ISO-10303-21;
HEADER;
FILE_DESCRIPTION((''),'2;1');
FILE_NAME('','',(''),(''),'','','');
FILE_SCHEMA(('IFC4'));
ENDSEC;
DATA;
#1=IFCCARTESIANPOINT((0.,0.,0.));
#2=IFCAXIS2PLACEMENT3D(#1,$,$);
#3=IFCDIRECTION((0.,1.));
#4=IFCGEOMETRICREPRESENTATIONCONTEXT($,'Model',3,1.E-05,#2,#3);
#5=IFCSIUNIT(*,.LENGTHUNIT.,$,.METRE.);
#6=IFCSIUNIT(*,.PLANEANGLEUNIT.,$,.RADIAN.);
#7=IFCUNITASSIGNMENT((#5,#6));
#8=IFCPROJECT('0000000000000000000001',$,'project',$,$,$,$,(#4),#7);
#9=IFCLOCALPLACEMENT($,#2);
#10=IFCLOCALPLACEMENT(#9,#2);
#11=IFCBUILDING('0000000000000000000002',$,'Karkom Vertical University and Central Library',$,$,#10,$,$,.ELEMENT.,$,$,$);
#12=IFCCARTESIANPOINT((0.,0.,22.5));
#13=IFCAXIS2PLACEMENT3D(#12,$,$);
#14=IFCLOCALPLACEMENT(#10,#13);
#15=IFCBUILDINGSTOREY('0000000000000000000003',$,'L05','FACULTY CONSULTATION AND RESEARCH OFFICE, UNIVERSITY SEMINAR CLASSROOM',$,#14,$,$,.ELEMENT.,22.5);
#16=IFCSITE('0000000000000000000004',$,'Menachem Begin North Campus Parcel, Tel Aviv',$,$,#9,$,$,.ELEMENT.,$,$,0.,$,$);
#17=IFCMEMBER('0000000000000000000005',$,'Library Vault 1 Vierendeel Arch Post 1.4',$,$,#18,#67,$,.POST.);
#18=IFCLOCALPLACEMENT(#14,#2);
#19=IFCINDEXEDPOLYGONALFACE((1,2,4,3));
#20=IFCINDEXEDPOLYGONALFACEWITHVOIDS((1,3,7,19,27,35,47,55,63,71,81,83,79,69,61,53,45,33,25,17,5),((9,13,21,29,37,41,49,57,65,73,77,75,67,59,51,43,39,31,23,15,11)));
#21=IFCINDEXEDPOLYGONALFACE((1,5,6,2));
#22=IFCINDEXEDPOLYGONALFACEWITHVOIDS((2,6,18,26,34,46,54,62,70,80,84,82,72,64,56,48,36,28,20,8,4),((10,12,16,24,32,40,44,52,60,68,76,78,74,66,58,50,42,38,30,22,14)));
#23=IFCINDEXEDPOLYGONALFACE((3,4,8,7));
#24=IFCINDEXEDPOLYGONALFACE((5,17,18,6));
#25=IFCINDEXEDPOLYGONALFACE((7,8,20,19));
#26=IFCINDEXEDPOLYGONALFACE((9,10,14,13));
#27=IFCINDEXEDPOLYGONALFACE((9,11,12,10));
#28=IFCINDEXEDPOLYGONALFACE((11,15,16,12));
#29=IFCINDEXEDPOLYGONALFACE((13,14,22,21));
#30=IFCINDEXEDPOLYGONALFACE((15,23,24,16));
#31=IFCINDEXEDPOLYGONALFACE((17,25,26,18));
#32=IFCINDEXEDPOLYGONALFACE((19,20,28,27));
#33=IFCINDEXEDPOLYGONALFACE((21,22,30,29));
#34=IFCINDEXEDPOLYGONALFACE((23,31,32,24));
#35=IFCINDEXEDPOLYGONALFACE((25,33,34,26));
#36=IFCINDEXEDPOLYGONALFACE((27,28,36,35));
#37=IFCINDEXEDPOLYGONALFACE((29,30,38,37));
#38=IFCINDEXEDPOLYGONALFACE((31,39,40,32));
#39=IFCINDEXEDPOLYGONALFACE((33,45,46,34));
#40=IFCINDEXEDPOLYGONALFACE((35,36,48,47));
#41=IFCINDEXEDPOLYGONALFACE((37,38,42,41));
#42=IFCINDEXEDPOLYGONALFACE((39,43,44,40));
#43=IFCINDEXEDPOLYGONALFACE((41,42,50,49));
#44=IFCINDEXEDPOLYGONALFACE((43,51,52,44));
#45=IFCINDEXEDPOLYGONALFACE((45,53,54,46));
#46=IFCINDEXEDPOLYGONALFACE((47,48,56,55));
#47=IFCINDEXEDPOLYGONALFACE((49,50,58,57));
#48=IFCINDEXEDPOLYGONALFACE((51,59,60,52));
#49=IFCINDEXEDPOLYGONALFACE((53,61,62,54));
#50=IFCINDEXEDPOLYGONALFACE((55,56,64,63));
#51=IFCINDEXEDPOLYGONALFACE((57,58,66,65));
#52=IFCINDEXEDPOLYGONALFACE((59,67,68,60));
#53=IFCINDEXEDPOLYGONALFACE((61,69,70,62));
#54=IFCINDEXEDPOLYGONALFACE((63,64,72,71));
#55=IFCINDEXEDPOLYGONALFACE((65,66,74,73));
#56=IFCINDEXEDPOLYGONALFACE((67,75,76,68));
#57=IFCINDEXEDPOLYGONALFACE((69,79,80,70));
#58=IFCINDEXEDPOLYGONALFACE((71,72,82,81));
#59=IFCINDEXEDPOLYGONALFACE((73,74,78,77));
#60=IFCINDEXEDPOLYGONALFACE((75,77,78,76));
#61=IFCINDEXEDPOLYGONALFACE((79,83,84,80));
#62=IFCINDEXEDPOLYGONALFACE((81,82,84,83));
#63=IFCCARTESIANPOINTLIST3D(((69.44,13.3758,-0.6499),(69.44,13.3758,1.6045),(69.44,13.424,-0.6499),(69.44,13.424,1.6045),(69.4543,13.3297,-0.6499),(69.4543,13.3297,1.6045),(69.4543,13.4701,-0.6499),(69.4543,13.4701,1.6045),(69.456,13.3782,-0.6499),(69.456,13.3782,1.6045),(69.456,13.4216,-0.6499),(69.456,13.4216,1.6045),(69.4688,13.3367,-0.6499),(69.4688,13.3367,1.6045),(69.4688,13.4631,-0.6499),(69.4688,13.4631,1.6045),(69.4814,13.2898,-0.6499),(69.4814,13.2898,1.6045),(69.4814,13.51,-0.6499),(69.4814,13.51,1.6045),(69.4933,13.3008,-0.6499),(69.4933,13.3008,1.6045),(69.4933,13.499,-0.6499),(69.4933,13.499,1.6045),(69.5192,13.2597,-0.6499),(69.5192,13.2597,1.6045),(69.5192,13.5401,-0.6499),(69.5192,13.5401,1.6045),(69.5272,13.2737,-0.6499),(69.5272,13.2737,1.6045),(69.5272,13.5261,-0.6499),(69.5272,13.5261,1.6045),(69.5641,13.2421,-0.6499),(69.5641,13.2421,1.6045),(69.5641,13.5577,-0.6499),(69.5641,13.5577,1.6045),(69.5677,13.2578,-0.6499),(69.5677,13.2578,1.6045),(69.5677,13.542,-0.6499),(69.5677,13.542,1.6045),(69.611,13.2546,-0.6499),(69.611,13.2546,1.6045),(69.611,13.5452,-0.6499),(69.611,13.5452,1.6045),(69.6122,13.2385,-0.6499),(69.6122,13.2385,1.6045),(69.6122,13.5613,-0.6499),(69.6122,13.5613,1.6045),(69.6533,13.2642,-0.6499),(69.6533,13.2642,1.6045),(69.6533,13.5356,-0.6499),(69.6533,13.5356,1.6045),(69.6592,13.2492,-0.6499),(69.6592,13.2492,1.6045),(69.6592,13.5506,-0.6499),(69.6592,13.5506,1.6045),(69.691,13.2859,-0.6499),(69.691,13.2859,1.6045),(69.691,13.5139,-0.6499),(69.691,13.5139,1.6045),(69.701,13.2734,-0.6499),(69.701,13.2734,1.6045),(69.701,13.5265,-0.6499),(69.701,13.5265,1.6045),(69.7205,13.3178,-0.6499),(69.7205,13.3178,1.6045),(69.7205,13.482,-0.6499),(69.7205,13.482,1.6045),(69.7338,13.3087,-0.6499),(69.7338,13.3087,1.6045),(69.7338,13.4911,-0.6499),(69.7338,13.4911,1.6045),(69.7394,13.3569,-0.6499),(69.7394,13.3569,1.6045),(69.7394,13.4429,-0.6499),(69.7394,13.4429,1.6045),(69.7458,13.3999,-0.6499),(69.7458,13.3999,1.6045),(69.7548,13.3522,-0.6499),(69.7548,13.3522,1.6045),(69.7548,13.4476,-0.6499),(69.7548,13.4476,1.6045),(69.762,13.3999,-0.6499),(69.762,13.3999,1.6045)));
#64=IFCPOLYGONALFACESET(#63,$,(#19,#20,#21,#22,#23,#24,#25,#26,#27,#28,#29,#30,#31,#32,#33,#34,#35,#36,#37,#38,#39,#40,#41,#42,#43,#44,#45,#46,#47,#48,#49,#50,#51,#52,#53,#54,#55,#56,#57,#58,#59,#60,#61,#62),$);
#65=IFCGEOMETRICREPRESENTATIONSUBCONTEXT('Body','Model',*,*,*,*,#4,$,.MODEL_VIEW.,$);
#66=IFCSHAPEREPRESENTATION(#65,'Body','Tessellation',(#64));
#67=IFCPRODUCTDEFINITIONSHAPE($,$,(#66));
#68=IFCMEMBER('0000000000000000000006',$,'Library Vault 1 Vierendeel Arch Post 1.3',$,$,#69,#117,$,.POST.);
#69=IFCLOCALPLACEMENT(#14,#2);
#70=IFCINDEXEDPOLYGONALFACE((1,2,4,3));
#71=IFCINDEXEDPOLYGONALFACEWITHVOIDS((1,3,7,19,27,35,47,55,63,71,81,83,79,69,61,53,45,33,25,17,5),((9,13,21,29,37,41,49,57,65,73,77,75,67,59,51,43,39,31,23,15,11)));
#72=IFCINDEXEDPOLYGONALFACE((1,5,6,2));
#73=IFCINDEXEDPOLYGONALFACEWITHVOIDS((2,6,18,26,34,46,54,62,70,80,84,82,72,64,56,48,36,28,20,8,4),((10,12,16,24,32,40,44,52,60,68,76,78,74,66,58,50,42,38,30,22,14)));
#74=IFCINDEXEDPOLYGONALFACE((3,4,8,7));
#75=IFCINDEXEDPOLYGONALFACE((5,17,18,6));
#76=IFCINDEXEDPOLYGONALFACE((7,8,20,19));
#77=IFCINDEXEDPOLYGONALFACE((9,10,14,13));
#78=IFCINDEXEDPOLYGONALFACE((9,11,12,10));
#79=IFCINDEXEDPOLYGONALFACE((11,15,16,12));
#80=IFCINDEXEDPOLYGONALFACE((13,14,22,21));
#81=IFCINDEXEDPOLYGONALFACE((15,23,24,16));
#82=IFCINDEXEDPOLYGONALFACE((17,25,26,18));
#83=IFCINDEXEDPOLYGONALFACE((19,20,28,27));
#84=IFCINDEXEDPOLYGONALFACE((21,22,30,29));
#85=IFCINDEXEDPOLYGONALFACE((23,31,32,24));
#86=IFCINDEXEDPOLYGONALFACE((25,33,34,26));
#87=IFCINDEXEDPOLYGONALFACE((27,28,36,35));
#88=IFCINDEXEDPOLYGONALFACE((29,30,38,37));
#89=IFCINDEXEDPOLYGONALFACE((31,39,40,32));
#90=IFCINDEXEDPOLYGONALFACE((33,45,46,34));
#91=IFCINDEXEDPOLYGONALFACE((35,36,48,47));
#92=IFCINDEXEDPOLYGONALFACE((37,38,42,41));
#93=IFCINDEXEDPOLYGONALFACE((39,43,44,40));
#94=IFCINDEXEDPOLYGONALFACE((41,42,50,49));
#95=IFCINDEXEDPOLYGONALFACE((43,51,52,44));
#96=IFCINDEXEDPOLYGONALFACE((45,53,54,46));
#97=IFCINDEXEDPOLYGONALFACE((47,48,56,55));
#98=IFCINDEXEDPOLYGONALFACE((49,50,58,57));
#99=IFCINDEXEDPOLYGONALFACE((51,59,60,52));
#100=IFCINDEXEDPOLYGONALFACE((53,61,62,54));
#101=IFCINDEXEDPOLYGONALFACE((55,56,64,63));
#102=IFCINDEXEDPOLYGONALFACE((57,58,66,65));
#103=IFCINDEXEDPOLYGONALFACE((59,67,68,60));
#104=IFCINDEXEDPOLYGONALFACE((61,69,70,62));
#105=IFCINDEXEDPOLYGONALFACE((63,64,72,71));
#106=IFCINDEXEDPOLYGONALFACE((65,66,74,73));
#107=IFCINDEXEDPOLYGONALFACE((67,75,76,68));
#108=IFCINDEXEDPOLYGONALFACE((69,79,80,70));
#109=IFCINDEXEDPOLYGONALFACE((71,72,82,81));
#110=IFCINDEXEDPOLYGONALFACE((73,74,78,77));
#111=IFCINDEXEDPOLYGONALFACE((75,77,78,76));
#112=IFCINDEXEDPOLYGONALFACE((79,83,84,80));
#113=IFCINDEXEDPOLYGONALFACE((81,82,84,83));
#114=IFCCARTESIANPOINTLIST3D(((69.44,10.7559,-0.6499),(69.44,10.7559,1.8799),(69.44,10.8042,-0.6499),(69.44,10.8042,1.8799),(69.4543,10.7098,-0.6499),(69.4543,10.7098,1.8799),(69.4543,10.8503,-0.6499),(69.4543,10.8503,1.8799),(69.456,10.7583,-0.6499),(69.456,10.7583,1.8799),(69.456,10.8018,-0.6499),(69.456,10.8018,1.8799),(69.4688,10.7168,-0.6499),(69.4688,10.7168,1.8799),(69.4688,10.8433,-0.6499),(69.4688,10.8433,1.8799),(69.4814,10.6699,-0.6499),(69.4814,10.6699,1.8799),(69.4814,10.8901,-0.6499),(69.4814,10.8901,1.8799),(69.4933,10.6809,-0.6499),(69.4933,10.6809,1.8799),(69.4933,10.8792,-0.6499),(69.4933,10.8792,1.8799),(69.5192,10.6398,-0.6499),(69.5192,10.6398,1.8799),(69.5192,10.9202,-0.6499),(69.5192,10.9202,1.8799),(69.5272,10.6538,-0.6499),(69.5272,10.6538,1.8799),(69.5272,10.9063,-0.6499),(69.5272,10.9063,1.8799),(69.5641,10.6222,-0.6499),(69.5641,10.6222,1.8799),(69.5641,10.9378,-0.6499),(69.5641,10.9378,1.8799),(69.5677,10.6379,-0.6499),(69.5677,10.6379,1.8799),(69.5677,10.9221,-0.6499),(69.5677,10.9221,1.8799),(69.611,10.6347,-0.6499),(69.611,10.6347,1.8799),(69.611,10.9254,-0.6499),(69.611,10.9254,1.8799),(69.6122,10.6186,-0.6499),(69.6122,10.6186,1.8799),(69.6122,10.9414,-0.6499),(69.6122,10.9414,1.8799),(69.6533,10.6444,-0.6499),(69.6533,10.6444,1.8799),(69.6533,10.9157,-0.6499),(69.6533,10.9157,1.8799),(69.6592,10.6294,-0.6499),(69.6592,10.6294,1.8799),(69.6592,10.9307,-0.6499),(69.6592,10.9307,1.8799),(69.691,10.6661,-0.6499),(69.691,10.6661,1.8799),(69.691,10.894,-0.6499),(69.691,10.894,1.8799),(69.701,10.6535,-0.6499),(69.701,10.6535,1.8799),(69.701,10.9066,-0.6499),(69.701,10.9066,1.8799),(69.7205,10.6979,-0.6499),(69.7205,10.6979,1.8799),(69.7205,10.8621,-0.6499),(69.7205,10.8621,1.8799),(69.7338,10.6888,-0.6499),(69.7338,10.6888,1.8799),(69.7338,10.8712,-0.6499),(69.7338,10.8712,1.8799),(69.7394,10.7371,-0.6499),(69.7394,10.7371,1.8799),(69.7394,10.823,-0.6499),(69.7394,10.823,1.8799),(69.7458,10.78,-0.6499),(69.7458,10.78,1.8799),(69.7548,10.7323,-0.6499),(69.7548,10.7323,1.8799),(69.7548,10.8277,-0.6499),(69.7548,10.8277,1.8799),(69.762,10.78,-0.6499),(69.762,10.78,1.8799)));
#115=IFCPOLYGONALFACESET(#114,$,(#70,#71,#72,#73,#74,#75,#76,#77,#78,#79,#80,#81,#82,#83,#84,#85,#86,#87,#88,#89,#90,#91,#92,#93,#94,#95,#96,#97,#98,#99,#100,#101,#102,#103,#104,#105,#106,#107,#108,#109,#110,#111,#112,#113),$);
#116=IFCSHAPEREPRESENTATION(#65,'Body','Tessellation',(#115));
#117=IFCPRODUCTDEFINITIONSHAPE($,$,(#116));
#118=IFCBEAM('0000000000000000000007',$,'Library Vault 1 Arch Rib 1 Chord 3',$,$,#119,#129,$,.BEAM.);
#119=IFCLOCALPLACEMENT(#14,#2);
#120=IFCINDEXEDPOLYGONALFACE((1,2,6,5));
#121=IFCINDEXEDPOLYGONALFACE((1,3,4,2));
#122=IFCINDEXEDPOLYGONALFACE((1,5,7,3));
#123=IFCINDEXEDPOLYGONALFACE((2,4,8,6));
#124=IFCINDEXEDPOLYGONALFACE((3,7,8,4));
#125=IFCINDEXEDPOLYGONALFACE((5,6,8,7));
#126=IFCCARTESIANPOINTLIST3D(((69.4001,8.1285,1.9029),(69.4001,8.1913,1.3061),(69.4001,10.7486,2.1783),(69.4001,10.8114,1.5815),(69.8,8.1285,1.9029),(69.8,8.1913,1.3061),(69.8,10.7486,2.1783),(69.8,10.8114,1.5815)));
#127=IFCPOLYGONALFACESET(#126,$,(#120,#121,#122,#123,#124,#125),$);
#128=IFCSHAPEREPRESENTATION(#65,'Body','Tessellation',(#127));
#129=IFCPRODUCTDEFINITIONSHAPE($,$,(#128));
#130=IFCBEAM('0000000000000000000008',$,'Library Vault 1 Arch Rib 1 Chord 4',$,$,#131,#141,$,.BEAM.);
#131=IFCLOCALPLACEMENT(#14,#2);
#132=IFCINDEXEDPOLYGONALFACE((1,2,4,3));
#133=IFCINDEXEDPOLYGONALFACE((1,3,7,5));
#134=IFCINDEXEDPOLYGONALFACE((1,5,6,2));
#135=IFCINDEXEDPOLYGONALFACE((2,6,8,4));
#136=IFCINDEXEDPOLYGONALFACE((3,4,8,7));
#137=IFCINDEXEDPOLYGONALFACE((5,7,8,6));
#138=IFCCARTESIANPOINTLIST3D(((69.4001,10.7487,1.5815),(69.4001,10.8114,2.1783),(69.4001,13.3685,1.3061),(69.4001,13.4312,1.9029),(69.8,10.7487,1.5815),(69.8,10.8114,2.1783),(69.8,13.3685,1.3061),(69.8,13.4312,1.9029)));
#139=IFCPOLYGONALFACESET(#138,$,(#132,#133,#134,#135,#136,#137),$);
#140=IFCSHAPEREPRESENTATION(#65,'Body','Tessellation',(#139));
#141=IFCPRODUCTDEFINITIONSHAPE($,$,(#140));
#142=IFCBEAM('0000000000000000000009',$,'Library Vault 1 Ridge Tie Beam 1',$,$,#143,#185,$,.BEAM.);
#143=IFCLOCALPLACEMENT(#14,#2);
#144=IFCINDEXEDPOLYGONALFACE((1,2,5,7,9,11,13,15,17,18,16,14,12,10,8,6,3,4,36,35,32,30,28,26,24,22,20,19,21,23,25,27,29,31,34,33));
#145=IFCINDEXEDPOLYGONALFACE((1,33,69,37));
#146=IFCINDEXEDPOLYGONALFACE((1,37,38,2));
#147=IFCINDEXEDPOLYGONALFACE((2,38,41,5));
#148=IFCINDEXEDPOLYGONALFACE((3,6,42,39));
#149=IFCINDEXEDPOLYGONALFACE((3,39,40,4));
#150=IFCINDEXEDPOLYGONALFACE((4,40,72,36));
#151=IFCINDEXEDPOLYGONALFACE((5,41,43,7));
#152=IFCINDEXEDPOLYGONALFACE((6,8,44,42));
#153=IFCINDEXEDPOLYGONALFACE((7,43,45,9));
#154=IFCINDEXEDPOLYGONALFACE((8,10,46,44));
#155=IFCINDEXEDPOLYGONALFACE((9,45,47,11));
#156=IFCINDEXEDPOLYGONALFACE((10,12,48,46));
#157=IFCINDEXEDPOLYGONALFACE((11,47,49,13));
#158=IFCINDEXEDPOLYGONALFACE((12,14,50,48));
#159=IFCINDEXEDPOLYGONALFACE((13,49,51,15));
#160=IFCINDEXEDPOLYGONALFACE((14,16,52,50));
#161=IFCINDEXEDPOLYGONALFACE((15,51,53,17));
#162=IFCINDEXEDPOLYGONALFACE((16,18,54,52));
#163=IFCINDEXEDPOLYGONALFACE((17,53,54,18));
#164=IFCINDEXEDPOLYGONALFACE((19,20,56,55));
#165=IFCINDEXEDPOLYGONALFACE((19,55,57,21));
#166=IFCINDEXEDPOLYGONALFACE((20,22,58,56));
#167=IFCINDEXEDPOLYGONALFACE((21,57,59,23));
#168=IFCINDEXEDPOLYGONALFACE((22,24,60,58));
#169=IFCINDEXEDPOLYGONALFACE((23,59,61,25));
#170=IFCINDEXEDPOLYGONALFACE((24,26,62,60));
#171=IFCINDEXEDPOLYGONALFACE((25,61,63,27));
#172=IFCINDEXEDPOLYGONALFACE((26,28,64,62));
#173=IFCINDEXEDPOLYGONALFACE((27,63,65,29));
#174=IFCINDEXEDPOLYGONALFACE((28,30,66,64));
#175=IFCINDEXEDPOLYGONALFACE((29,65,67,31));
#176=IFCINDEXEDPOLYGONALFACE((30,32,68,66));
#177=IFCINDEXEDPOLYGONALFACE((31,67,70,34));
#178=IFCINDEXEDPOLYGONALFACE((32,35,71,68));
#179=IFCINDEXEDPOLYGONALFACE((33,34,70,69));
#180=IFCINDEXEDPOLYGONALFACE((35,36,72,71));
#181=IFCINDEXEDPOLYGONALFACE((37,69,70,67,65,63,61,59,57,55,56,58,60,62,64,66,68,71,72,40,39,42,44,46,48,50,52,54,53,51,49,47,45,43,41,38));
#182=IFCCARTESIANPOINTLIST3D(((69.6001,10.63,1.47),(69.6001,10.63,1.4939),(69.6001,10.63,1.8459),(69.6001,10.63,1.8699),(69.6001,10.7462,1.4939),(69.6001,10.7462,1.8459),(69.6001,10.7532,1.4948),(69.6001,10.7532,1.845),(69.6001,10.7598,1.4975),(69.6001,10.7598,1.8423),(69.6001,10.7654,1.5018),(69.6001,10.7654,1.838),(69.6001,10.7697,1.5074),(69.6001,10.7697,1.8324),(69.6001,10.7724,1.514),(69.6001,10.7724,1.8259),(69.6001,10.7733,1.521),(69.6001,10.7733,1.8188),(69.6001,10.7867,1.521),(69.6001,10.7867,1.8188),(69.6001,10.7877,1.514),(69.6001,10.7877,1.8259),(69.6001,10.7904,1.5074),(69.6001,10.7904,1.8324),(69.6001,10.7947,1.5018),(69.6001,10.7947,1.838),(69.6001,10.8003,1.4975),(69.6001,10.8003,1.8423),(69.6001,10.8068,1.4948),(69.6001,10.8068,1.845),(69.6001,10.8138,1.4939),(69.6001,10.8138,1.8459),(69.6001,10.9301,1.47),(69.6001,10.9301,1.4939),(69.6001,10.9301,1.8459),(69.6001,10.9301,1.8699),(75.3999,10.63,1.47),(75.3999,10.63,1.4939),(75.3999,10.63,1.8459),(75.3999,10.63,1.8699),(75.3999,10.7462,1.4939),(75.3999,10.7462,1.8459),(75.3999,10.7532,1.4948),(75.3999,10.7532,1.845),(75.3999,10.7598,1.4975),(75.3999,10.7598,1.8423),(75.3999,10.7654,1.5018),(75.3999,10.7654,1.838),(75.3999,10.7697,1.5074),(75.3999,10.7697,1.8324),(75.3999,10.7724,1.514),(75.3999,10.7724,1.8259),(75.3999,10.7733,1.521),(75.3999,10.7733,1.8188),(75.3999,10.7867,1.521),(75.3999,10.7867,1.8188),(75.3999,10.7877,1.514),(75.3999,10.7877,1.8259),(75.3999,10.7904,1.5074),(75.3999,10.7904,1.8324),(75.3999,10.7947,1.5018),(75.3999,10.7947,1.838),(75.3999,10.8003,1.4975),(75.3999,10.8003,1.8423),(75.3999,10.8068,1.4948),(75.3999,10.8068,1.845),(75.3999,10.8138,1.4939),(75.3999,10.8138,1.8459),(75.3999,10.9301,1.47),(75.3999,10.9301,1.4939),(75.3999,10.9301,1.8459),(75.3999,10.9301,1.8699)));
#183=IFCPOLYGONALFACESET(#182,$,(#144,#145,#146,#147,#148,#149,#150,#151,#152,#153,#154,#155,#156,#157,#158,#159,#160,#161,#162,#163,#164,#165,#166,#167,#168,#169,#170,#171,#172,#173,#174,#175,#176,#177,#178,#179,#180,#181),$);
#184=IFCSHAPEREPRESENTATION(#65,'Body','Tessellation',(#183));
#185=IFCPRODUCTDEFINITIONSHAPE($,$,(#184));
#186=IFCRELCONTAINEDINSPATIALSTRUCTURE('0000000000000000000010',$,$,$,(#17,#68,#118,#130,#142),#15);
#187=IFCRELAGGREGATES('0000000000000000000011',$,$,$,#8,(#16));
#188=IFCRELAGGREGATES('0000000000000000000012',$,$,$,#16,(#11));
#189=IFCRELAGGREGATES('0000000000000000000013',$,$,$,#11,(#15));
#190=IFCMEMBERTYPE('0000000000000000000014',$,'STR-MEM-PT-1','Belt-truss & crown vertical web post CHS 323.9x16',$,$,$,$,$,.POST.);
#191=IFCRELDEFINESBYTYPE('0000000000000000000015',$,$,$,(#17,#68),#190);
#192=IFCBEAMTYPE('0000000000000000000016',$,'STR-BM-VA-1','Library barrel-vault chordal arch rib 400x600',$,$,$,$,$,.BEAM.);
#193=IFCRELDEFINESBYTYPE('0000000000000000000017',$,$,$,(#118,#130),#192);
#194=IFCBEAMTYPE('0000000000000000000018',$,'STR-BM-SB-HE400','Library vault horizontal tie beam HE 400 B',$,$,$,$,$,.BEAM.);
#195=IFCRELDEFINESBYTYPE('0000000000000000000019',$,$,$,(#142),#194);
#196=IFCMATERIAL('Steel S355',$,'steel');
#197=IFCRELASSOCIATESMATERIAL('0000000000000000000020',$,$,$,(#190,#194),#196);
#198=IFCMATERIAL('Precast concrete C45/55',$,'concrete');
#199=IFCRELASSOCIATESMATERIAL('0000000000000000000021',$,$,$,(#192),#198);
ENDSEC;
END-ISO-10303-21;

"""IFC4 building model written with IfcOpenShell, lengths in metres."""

from ifc_helpers import new_model, si_unit, direction, frame, origin, origin_with_axes, origin_2d, place, context, subcontext, project, spatial, rectangle, hollow_circle, i_section, extrude, source, transform, mapped, material, material_profile, profile_set, type_object, element, save


model = new_model("IFC4")

# Units and contexts
model_context = context("Model", 3, precision=1e-05, world=origin(), true_north=direction((0.0, 1.0)))
body_context = subcontext(model_context, "Body", "Model", "MODEL_VIEW")
ifc_project = project(units=[si_unit("LENGTHUNIT", "METRE"), si_unit("PLANEANGLEUNIT", "RADIAN")], contexts=[model_context])

# Site, building, storey
site_placement = place(None, origin())
site = spatial("IfcSite", under=ifc_project, at=site_placement, Name="Menachem Begin North Campus Parcel, Tel Aviv", CompositionType="ELEMENT", RefElevation=0.0)
building_placement = place(site_placement, origin())
building = spatial("IfcBuilding", under=site, at=building_placement, Name="Karkom Vertical University and Central Library", CompositionType="ELEMENT")
storey_placement = place(building_placement, frame((0.0, 0.0, 22.5)))
storey = spatial("IfcBuildingStorey", under=building, at=storey_placement, Name="L05", Description="FACULTY CONSULTATION AND RESEARCH OFFICE, UNIVERSITY SEMINAR CLASSROOM", CompositionType="ELEMENT", Elevation=22.5)

# Members
ifc_material_1 = material(Name="Steel S355", Category="steel")
ifc_material_profile_1 = material_profile(ifc_material_1, hollow_circle(Radius=0.1619, WallThickness=0.0161, at=origin_2d()), Name="CHS 323.9x16")
ifc_profile_set_1 = profile_set([ifc_material_profile_1], Name="Steel S355")
member_type_1 = type_object("IfcMemberType", Name="STR-MEM-PT-1", Description="Belt-truss & crown vertical web post CHS 323.9x16", PredefinedType="POST", material=ifc_profile_set_1)
shared_shape_1 = source(origin_with_axes(), body_context, "Body", "SweptSolid", [
    extrude(hollow_circle(Radius=0.1619, WallThickness=0.0161, at=origin_2d()), origin(), (0.0, 0.0, 1.0), 2.2544),
])
for number, where, z_axis, x_axis, name in (
    (1, (69.6001, 13.3999, -0.6499), (0.0, 0.0, 1.0), (1.0, 0.0, 0.0), "Library Vault 1 Vierendeel Arch Post 1.4"),
):
    element("IfcMember", number, at=place(storey_placement, frame(where, z_axis=z_axis, x_axis=x_axis)), inside=storey, type_object=member_type_1, Name=name, PredefinedType="POST", context=body_context, shape_type="MappedRepresentation", body=[
        mapped(shared_shape_1, transform((0.0, 0.0, 0.0), scale=1.0)),
    ])
shared_shape_2 = source(origin_with_axes(), body_context, "Body", "SweptSolid", [
    extrude(hollow_circle(Radius=0.1619, WallThickness=0.0161, at=origin_2d()), origin(), (0.0, 0.0, 1.0), 2.5298),
])
member_placement = place(storey_placement, frame((69.6001, 10.78, -0.6499), z_axis=(0.0, 0.0, 1.0), x_axis=(1.0, 0.0, 0.0)))
element("IfcMember", 2, at=member_placement, inside=storey, type_object=member_type_1, Name="Library Vault 1 Vierendeel Arch Post 1.3", PredefinedType="POST", context=body_context, shape_type="MappedRepresentation", body=[
    mapped(shared_shape_2, transform((0.0, 0.0, 0.0), scale=1.0)),
])

# Beams
ifc_material_2 = material(Name="Precast concrete C45/55", Category="concrete")
ifc_material_profile_2 = material_profile(ifc_material_2, rectangle(XDim=0.3999, YDim=0.6001, at=origin_2d()), Name="RCB-400x600")
ifc_profile_set_2 = profile_set([ifc_material_profile_2], Name="Precast concrete C45/55")
beam_type_1 = type_object("IfcBeamType", Name="STR-BM-VA-1", Description="Library barrel-vault chordal arch rib 400x600", PredefinedType="BEAM", material=ifc_profile_set_2)
shared_shape_3 = source(origin_with_axes(), body_context, "Body", "SweptSolid", [
    extrude(rectangle(XDim=0.3999, YDim=0.6001, at=origin_2d()), origin(), (0.0, 0.0, 1.0), 2.6345),
])
beam_1_placement = place(storey_placement, frame((69.6001, 8.1599, 1.6045), z_axis=(0.0, 0.994522, 0.10453), x_axis=(-1.0, 0.0, 0.0)))
element("IfcBeam", 3, at=beam_1_placement, inside=storey, type_object=beam_type_1, Name="Library Vault 1 Arch Rib 1 Chord 3", PredefinedType="BEAM", context=body_context, shape_type="MappedRepresentation", body=[
    mapped(shared_shape_3, transform((0.0, 0.0, 0.0), scale=1.0)),
])
shared_shape_4 = source(origin_with_axes(), body_context, "Body", "SweptSolid", [
    extrude(rectangle(XDim=0.3999, YDim=0.6001, at=origin_2d()), origin(), (0.0, 0.0, 1.0), 2.6343),
])
beam_2_placement = place(storey_placement, frame((69.6001, 10.78, 1.8799), z_axis=(0.0, 0.994521, -0.10454), x_axis=(-1.0, 0.0, 0.0)))
element("IfcBeam", 4, at=beam_2_placement, inside=storey, type_object=beam_type_1, Name="Library Vault 1 Arch Rib 1 Chord 4", PredefinedType="BEAM", context=body_context, shape_type="MappedRepresentation", body=[
    mapped(shared_shape_4, transform((0.0, 0.0, 0.0), scale=1.0)),
])
ifc_material_profile_3 = material_profile(ifc_material_1, i_section(OverallWidth=0.3, OverallDepth=0.3999, WebThickness=0.0134, FlangeThickness=0.0239, FilletRadius=0.0271, at=origin_2d()), Name="HE 400 B")
ifc_profile_set_3 = profile_set([ifc_material_profile_3], Name="Steel S355")
beam_type_2 = type_object("IfcBeamType", Name="STR-BM-SB-HE400", Description="Library vault horizontal tie beam HE 400 B", PredefinedType="BEAM", material=ifc_profile_set_3)
shared_shape_5 = source(origin_with_axes(), body_context, "Body", "SweptSolid", [
    extrude(i_section(OverallWidth=0.3, OverallDepth=0.3999, WebThickness=0.0134, FlangeThickness=0.0239, FilletRadius=0.0271, at=origin_2d()), origin(), (0.0, 0.0, 1.0), 5.7998),
])
beam_3_placement = place(storey_placement, frame((69.6001, 10.78, 1.6699), z_axis=(1.0, 0.0, 0.0), x_axis=(0.0, 1.0, 0.0)))
element("IfcBeam", 5, at=beam_3_placement, inside=storey, type_object=beam_type_2, Name="Library Vault 1 Ridge Tie Beam 1", PredefinedType="BEAM", context=body_context, shape_type="MappedRepresentation", body=[
    mapped(shared_shape_5, transform((0.0, 0.0, 0.0), scale=1.0)),
])

save(model, "model.ifc")
